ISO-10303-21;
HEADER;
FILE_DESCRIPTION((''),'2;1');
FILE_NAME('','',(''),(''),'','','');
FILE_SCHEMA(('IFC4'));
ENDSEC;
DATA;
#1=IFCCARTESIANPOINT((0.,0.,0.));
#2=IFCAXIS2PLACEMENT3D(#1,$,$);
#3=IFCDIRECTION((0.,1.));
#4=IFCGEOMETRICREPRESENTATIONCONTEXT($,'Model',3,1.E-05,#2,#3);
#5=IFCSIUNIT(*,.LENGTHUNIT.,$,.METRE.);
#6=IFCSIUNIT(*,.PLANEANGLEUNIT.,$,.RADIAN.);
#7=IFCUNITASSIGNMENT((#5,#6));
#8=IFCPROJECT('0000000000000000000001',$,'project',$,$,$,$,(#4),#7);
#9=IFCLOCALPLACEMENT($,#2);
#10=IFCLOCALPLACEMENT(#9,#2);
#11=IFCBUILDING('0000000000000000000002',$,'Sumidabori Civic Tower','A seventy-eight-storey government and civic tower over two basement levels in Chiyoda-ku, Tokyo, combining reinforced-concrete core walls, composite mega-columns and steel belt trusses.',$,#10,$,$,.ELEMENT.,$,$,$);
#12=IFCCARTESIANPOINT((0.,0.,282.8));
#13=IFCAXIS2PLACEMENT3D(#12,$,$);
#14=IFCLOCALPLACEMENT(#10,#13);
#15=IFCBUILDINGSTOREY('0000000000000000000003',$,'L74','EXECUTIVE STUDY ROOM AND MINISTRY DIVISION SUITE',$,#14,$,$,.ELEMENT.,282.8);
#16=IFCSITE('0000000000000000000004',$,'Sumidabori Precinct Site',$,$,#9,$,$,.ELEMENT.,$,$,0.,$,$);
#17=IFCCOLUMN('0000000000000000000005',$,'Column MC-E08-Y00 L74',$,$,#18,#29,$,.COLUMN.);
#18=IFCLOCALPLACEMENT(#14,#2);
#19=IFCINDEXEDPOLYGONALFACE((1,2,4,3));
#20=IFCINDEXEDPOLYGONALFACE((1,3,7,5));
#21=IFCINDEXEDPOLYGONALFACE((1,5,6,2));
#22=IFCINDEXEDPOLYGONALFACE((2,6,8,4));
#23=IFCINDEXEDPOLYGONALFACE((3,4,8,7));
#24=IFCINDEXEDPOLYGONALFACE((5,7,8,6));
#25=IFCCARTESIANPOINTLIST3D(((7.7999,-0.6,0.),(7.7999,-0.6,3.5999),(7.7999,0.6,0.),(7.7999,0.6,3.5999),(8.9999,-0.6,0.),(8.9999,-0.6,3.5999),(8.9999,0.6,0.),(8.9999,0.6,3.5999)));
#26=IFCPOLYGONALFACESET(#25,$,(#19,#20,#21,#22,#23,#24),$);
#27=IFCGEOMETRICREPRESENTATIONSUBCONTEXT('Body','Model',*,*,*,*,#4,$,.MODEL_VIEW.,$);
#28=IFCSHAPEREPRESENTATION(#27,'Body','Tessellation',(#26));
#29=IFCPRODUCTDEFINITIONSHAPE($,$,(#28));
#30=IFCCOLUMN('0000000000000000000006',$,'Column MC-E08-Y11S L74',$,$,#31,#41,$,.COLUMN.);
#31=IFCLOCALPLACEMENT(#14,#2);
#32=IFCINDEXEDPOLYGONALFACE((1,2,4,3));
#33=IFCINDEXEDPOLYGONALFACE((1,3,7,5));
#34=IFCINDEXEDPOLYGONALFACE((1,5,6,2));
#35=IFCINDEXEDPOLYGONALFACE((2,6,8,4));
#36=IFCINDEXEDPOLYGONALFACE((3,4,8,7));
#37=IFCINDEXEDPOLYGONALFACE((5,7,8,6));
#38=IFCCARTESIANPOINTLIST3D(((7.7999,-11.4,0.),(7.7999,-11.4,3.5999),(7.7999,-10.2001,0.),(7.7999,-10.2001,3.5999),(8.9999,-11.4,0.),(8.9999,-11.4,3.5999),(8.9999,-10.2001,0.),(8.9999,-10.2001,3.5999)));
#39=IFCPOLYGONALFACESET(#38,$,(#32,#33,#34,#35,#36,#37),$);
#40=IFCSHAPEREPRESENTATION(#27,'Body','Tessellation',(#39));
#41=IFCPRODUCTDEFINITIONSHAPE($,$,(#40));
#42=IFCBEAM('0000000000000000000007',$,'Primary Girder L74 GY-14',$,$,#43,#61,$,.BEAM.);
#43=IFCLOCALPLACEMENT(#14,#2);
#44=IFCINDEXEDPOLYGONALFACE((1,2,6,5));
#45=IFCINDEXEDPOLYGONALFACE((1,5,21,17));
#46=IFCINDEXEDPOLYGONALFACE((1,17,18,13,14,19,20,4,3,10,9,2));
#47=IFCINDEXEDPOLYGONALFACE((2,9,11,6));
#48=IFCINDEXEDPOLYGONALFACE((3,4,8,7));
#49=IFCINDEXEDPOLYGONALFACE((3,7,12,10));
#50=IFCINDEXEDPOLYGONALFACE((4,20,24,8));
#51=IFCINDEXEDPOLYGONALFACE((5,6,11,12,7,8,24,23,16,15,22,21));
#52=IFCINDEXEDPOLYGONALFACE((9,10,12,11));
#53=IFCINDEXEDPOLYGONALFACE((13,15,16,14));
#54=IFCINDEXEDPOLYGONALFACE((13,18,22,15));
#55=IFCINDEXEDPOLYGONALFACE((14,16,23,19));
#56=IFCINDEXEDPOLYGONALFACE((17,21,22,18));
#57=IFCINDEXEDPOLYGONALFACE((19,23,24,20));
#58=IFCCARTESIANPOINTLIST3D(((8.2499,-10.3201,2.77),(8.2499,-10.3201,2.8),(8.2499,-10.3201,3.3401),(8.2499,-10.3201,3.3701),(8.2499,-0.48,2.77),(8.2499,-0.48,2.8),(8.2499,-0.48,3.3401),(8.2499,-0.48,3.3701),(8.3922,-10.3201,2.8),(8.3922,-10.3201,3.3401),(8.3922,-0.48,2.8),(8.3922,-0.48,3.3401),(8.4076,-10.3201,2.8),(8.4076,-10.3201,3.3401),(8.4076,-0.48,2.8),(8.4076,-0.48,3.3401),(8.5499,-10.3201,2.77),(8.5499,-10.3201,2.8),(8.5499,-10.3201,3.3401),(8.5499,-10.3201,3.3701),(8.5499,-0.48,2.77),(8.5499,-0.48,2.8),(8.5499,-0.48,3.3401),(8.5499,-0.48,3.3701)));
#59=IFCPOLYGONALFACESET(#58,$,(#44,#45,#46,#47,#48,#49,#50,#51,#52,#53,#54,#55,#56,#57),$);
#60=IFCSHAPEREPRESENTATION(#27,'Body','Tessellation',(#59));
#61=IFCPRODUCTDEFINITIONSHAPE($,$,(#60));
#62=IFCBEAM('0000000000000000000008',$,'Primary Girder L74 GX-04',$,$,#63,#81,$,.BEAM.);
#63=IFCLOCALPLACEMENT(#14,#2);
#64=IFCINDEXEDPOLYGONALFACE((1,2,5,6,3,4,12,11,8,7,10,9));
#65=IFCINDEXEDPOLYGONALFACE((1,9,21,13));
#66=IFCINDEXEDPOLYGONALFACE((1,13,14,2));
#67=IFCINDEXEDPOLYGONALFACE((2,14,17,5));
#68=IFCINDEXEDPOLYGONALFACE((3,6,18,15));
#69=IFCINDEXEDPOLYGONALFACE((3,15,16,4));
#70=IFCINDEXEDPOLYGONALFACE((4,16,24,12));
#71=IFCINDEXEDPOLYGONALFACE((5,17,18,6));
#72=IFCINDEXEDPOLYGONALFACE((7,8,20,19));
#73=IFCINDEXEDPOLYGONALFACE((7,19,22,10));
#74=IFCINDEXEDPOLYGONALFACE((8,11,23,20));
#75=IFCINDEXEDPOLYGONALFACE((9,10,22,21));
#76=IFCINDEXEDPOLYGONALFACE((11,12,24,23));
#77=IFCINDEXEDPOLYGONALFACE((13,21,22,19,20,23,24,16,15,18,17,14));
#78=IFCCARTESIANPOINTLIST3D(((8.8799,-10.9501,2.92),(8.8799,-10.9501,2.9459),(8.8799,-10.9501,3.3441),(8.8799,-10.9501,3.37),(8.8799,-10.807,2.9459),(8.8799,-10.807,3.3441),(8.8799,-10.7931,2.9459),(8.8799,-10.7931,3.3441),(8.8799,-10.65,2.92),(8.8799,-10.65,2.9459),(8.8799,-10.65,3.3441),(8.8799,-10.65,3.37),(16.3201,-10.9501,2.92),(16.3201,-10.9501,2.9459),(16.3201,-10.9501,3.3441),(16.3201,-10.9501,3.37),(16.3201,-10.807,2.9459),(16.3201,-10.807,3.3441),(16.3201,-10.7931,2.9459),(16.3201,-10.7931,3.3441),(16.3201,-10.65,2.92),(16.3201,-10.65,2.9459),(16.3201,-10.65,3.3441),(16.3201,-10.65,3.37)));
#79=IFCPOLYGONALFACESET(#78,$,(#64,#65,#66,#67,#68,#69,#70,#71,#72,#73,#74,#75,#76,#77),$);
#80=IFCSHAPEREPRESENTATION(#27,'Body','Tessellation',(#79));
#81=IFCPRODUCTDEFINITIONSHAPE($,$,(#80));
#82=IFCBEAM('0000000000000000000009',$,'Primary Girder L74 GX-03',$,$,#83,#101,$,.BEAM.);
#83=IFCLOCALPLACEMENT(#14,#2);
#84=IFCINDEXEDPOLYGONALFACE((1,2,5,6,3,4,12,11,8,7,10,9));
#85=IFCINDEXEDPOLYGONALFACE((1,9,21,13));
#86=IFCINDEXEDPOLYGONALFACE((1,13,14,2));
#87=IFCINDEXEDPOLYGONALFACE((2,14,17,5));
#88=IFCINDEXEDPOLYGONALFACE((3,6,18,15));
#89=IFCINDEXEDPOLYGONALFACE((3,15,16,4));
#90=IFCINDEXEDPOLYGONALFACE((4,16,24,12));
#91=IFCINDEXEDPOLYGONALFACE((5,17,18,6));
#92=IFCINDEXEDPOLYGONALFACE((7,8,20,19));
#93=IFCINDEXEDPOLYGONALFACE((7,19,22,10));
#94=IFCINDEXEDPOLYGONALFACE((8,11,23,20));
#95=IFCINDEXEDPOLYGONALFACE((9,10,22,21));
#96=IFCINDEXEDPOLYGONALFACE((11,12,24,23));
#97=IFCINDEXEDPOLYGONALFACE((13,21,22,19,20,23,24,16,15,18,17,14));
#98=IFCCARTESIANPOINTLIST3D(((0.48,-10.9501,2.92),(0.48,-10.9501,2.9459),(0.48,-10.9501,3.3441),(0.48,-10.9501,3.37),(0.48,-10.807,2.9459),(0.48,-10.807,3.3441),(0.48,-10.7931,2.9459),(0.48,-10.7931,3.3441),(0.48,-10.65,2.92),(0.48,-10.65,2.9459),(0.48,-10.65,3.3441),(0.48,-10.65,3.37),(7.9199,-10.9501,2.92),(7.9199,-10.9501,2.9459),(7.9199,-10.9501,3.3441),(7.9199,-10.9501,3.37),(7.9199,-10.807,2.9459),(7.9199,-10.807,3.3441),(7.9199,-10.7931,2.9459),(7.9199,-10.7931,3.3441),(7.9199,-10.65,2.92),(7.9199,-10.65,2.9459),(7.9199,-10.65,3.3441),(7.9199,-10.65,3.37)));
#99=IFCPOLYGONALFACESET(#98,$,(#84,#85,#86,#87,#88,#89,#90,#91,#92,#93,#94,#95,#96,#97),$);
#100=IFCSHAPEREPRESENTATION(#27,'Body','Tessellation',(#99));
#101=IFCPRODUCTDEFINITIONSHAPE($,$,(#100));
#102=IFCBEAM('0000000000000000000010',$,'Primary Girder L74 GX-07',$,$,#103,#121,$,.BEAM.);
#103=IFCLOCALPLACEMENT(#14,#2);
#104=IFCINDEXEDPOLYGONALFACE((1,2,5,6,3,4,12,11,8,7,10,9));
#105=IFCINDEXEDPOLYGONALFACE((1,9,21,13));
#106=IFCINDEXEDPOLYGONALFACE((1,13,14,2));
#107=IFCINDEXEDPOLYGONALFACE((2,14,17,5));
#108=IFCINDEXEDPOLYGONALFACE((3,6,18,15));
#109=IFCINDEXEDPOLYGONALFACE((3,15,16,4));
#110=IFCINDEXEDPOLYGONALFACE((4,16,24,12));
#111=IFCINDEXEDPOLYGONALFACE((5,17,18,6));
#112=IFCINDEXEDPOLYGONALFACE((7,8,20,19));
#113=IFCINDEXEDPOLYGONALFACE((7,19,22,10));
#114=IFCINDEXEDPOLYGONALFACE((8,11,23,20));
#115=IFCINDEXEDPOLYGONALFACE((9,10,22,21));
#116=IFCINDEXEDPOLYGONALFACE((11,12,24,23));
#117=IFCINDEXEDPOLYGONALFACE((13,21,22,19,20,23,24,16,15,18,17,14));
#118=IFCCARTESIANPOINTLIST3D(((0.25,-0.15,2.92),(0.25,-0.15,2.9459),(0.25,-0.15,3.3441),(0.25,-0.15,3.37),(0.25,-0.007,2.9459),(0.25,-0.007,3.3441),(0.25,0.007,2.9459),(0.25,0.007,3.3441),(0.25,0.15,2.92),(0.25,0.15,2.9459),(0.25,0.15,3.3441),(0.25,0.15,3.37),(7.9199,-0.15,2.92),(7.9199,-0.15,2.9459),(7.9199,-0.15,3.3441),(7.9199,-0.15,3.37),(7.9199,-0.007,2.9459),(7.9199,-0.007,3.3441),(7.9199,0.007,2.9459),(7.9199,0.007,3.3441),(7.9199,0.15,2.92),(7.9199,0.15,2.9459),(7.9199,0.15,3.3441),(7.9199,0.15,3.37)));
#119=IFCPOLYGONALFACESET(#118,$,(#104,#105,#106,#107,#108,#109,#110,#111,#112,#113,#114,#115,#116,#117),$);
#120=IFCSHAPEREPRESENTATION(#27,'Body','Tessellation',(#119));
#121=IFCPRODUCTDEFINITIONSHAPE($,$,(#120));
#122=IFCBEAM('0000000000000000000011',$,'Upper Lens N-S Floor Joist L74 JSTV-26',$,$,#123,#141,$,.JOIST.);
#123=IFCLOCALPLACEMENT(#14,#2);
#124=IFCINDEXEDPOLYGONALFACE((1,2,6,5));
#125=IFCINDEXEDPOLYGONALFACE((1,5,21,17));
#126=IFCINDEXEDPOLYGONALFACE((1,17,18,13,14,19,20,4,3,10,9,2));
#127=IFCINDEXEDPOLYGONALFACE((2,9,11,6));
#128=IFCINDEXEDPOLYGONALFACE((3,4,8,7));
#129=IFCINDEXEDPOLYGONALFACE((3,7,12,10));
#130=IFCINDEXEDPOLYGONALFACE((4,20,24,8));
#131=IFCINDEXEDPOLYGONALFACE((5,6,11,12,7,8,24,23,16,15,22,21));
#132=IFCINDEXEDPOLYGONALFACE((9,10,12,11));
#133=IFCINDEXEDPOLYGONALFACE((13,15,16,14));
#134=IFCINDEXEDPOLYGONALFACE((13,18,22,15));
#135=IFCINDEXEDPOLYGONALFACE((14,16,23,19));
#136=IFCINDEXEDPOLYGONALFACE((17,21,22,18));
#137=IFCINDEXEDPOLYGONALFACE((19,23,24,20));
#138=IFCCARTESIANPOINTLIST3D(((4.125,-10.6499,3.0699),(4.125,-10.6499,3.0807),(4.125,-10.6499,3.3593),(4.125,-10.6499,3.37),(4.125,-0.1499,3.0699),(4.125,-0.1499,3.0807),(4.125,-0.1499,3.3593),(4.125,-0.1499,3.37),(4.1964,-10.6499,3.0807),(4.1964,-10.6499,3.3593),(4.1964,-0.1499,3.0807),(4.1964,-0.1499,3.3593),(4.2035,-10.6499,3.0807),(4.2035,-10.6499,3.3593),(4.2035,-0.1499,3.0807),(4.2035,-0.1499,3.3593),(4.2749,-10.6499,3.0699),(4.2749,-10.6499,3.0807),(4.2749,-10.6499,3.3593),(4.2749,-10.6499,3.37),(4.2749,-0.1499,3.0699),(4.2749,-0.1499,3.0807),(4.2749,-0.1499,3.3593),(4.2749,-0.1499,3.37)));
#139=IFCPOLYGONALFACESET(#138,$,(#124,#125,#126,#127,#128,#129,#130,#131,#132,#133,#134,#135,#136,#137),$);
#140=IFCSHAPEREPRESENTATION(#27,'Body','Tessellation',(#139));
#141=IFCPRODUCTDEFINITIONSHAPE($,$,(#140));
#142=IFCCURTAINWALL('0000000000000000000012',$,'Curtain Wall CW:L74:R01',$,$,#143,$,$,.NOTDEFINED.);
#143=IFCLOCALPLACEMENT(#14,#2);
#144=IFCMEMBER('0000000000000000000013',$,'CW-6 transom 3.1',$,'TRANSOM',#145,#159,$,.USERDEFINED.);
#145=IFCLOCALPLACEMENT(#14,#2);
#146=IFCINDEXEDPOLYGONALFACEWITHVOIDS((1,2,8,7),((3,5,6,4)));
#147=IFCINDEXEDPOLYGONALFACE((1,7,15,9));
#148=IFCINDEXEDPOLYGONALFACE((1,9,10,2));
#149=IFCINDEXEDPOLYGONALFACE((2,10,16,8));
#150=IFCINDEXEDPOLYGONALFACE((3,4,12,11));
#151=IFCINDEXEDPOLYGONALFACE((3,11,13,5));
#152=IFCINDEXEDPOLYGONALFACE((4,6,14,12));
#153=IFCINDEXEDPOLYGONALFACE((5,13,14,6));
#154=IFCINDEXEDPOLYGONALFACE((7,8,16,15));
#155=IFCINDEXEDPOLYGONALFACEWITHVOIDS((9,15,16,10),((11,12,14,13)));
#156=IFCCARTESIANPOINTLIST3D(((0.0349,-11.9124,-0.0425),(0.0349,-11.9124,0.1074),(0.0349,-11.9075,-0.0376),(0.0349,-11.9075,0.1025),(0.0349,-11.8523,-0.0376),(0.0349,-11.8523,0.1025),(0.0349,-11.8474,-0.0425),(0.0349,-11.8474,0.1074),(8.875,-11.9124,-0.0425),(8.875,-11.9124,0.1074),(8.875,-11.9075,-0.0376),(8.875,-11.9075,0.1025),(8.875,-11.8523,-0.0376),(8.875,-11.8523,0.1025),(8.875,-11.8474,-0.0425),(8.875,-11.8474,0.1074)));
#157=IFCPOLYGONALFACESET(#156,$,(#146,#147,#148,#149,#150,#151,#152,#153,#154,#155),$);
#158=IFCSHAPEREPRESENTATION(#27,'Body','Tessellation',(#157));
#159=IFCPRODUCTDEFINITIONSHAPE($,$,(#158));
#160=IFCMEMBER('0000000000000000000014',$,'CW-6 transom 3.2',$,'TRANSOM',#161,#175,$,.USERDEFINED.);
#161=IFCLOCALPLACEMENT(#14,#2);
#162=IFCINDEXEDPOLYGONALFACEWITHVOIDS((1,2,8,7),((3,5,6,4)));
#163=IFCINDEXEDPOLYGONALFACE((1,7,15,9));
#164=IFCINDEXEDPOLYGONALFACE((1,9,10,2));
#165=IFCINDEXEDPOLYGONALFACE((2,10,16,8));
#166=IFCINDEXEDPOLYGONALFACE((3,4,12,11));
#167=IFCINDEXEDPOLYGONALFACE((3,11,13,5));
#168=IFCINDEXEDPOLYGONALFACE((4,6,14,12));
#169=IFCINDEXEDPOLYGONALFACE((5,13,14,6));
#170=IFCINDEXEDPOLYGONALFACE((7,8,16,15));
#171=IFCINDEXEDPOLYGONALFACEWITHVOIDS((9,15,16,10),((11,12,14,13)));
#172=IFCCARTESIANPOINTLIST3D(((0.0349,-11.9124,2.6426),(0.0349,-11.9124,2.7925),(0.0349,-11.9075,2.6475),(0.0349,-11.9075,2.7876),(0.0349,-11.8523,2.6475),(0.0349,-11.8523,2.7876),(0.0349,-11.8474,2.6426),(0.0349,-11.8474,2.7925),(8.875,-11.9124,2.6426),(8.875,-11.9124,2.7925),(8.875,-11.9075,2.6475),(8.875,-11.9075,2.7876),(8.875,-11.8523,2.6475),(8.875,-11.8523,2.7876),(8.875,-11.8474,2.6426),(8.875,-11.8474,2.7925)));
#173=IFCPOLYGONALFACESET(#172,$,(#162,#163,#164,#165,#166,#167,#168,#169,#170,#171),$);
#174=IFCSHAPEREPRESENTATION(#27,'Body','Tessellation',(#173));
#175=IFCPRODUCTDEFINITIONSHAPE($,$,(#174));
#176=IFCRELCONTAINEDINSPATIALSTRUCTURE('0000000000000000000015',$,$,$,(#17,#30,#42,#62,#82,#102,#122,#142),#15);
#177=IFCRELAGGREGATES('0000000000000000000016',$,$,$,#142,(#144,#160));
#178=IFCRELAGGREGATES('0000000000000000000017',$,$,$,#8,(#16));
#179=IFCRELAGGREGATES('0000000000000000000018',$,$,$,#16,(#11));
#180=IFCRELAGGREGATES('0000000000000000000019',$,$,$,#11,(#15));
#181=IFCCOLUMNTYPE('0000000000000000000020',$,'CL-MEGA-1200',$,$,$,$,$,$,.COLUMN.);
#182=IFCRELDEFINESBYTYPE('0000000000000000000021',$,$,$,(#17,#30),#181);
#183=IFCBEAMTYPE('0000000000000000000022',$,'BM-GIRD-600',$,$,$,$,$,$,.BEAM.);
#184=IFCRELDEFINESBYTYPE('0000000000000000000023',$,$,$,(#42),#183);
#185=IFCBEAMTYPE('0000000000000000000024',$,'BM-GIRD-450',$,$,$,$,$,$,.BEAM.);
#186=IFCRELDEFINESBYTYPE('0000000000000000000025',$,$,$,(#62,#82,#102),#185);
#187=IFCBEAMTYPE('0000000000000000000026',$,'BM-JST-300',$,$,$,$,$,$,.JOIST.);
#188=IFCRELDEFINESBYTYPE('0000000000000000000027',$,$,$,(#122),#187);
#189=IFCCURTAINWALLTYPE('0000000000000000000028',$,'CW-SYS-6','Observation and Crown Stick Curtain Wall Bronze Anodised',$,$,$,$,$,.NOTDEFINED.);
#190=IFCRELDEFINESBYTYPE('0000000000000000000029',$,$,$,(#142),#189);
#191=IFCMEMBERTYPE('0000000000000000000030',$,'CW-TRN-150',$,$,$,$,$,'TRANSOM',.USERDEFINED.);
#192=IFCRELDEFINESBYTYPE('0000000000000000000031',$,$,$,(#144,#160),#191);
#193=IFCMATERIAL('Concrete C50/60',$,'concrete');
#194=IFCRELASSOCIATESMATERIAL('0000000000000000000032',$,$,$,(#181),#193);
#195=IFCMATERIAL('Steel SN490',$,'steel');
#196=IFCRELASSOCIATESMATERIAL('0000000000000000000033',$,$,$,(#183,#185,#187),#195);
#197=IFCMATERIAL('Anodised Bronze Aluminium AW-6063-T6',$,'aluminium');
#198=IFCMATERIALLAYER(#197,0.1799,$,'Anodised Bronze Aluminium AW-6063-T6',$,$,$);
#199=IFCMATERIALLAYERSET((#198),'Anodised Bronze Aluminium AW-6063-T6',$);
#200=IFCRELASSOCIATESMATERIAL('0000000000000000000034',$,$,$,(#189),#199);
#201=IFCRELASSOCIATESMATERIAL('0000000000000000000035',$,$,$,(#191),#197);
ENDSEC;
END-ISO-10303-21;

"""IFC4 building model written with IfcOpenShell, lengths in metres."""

from ifc_helpers import new_model, si_unit, direction, frame, origin, origin_2d, place, context, subcontext, project, spatial, rectangle, hollow_rectangle, i_section, extrude, source, transform, mapped, material, layer, layer_set, material_profile, profile_set, type_object, element, aggregate, save


model = new_model("IFC4")

# Units and contexts
model_context = context("Model", 3, precision=1e-05, world=origin(), true_north=direction((0.0, 1.0)))
body_context = subcontext(model_context, "Body", "Model", "MODEL_VIEW")
ifc_project = project(units=[si_unit("LENGTHUNIT", "METRE"), si_unit("PLANEANGLEUNIT", "RADIAN")], contexts=[model_context])

# Site, building, storey
site_placement = place(None, origin())
site = spatial("IfcSite", under=ifc_project, at=site_placement, Name="Sumidabori Precinct Site", CompositionType="ELEMENT", RefElevation=0.0)
building_placement = place(site_placement, origin())
building = spatial("IfcBuilding", under=site, at=building_placement, Name="Sumidabori Civic Tower", Description="A seventy-eight-storey government and civic tower over two basement levels in Chiyoda-ku, Tokyo, combining reinforced-concrete core walls, composite mega-columns and steel belt trusses.", CompositionType="ELEMENT")
storey_placement = place(building_placement, frame((0.0, 0.0, 282.8)))
storey = spatial("IfcBuildingStorey", under=building, at=storey_placement, Name="L74", Description="EXECUTIVE STUDY ROOM AND MINISTRY DIVISION SUITE", CompositionType="ELEMENT", Elevation=282.8)

# Columns
ifc_material_1 = material(Name="Concrete C50/60", Category="concrete")
ifc_material_profile_1 = material_profile(ifc_material_1, rectangle(XDim=1.2, YDim=1.2, at=origin_2d()), Name="RC 1200x1200")
ifc_profile_set_1 = profile_set([ifc_material_profile_1], Name="Concrete C50/60")
column_type = type_object("IfcColumnType", Name="CL-MEGA-1200", PredefinedType="COLUMN", material=ifc_profile_set_1)
shared_shape_1 = source(origin(), body_context, "Body", "SweptSolid", [
    extrude(rectangle(XDim=1.2, YDim=1.2, at=origin_2d()), origin(), (0.0, 0.0, 1.0), 3.5999),
])
for number, where, z_axis, x_axis, name in (
    (1, (8.3999, 0.0, 0.0), (0.0, 0.0, 1.0), (1.0, 0.0, 0.0), "Column MC-E08-Y00 L74"),
    (2, (8.3999, -10.8, 0.0), (0.0, 0.0, 1.0), (1.0, 0.0, 0.0), "Column MC-E08-Y11S L74"),
):
    element("IfcColumn", number, at=place(storey_placement, frame(where, z_axis=z_axis, x_axis=x_axis)), inside=storey, type_object=column_type, Name=name, PredefinedType="COLUMN", context=body_context, shape_type="MappedRepresentation", body=[
        mapped(shared_shape_1, transform((0.0, 0.0, 0.0), x_axis=(1.0, 0.0, 0.0), y_axis=(0.0, 1.0, 0.0), z_axis=(0.0, 0.0, 1.0), scale=1.0)),
    ])

# Beams
ifc_material_2 = material(Name="Steel SN490", Category="steel")
ifc_material_profile_2 = material_profile(ifc_material_2, i_section(OverallWidth=0.3, OverallDepth=0.6001, WebThickness=0.0154, FlangeThickness=0.03, at=origin_2d()), Name="HE 600 B")
ifc_profile_set_2 = profile_set([ifc_material_profile_2], Name="Steel SN490")
beam_type_1 = type_object("IfcBeamType", Name="BM-GIRD-600", PredefinedType="BEAM", material=ifc_profile_set_2)
shared_shape_2 = source(origin(), body_context, "Body", "SweptSolid", [
    extrude(i_section(OverallWidth=0.3, OverallDepth=0.6001, WebThickness=0.0154, FlangeThickness=0.03, at=origin_2d()), origin(), (0.0, 0.0, 1.0), 9.8401),
])
beam_1_placement = place(storey_placement, frame((8.3999, -10.3201, 3.0701), z_axis=(0.0, 1.0, 0.0), x_axis=(-1.0, 0.0, 0.0)))
element("IfcBeam", 3, at=beam_1_placement, inside=storey, type_object=beam_type_1, Name="Primary Girder L74 GY-14", PredefinedType="BEAM", context=body_context, shape_type="MappedRepresentation", body=[
    mapped(shared_shape_2, transform((0.0, 0.0, 0.0), x_axis=(1.0, 0.0, 0.0), y_axis=(0.0, 1.0, 0.0), z_axis=(0.0, 0.0, 1.0), scale=1.0)),
])
ifc_material_profile_3 = material_profile(ifc_material_2, i_section(OverallWidth=0.3, OverallDepth=0.45, WebThickness=0.0139, FlangeThickness=0.0259, at=origin_2d()), Name="HE 450 B")
ifc_profile_set_3 = profile_set([ifc_material_profile_3], Name="Steel SN490")
beam_type_2 = type_object("IfcBeamType", Name="BM-GIRD-450", PredefinedType="BEAM", material=ifc_profile_set_3)
shared_shape_3 = source(origin(), body_context, "Body", "SweptSolid", [
    extrude(i_section(OverallWidth=0.3, OverallDepth=0.45, WebThickness=0.0139, FlangeThickness=0.0259, at=origin_2d()), origin(), (0.0, 0.0, 1.0), 7.4402),
])
beam_2_placement = place(storey_placement, frame((8.8799, -10.8, 3.145), z_axis=(1.0, 0.0, 0.0), x_axis=(0.0, 1.0, 0.0)))
element("IfcBeam", 4, at=beam_2_placement, inside=storey, type_object=beam_type_2, Name="Primary Girder L74 GX-04", PredefinedType="BEAM", context=body_context, shape_type="MappedRepresentation", body=[
    mapped(shared_shape_3, transform((0.0, 0.0, 0.0), x_axis=(1.0, 0.0, 0.0), y_axis=(0.0, 1.0, 0.0), z_axis=(0.0, 0.0, 1.0), scale=1.0)),
])
shared_shape_4 = source(origin(), body_context, "Body", "SweptSolid", [
    extrude(i_section(OverallWidth=0.3, OverallDepth=0.45, WebThickness=0.0139, FlangeThickness=0.0259, at=origin_2d()), origin(), (0.0, 0.0, 1.0), 7.4399),
])
beam_3_placement = place(storey_placement, frame((0.48, -10.8, 3.145), z_axis=(1.0, 0.0, 0.0), x_axis=(0.0, 1.0, 0.0)))
element("IfcBeam", 5, at=beam_3_placement, inside=storey, type_object=beam_type_2, Name="Primary Girder L74 GX-03", PredefinedType="BEAM", context=body_context, shape_type="MappedRepresentation", body=[
    mapped(shared_shape_4, transform((0.0, 0.0, 0.0), x_axis=(1.0, 0.0, 0.0), y_axis=(0.0, 1.0, 0.0), z_axis=(0.0, 0.0, 1.0), scale=1.0)),
])
shared_shape_5 = source(origin(), body_context, "Body", "SweptSolid", [
    extrude(i_section(OverallWidth=0.3, OverallDepth=0.45, WebThickness=0.0139, FlangeThickness=0.0259, at=origin_2d()), origin(), (0.0, 0.0, 1.0), 7.6699),
])
beam_4_placement = place(storey_placement, frame((0.25, 0.0, 3.145), z_axis=(1.0, 0.0, 0.0), x_axis=(0.0, 1.0, 0.0)))
element("IfcBeam", 6, at=beam_4_placement, inside=storey, type_object=beam_type_2, Name="Primary Girder L74 GX-07", PredefinedType="BEAM", context=body_context, shape_type="MappedRepresentation", body=[
    mapped(shared_shape_5, transform((0.0, 0.0, 0.0), x_axis=(1.0, 0.0, 0.0), y_axis=(0.0, 1.0, 0.0), z_axis=(0.0, 0.0, 1.0), scale=1.0)),
])
ifc_material_profile_4 = material_profile(ifc_material_2, i_section(OverallWidth=0.1499, OverallDepth=0.3, WebThickness=0.0071, FlangeThickness=0.0107, at=origin_2d()), Name="IPE 300")
ifc_profile_set_4 = profile_set([ifc_material_profile_4], Name="Steel SN490")
beam_type_3 = type_object("IfcBeamType", Name="BM-JST-300", PredefinedType="JOIST", material=ifc_profile_set_4)
shared_shape_6 = source(origin(), body_context, "Body", "SweptSolid", [
    extrude(i_section(OverallWidth=0.1499, OverallDepth=0.3, WebThickness=0.0071, FlangeThickness=0.0107, at=origin_2d()), origin(), (0.0, 0.0, 1.0), 10.5),
])
beam_5_placement = place(storey_placement, frame((4.2, -10.6499, 3.22), z_axis=(0.0, 1.0, 0.0), x_axis=(-1.0, 0.0, 0.0)))
element("IfcBeam", 7, at=beam_5_placement, inside=storey, type_object=beam_type_3, Name="Upper Lens N-S Floor Joist L74 JSTV-26", PredefinedType="JOIST", context=body_context, shape_type="MappedRepresentation", body=[
    mapped(shared_shape_6, transform((0.0, 0.0, 0.0), x_axis=(1.0, 0.0, 0.0), y_axis=(0.0, 1.0, 0.0), z_axis=(0.0, 0.0, 1.0), scale=1.0)),
])

# Curtain wall, members
ifc_material_3 = material(Name="Anodised Bronze Aluminium AW-6063-T6", Category="aluminium")
ifc_layer_1 = layer(ifc_material_3, 0.1799, Name="Anodised Bronze Aluminium AW-6063-T6")
ifc_layer_set_1 = layer_set([ifc_layer_1], Name="Anodised Bronze Aluminium AW-6063-T6")
curtain_wall_type = type_object("IfcCurtainWallType", Name="CW-SYS-6", Description="Observation and Crown Stick Curtain Wall Bronze Anodised", PredefinedType="NOTDEFINED", material=ifc_layer_set_1)
curtain_wall_placement = place(storey_placement, origin())
curtain_wall = element("IfcCurtainWall", 8, at=curtain_wall_placement, inside=storey, type_object=curtain_wall_type, Name="Curtain Wall CW:L74:R01", PredefinedType="NOTDEFINED")
ifc_material_profile_5 = material_profile(ifc_material_3, hollow_rectangle(XDim=0.0649, YDim=0.1499, WallThickness=0.0049, at=origin_2d()), Name="ALU TRANSOM 150x65")
ifc_profile_set_5 = profile_set([ifc_material_profile_5], Name="Anodised Bronze Aluminium AW-6063-T6")
member_type = type_object("IfcMemberType", Name="CW-TRN-150", ElementType="TRANSOM", PredefinedType="USERDEFINED", material=ifc_profile_set_5)
shared_shape_7 = source(origin(), body_context, "Body", "SweptSolid", [
    extrude(hollow_rectangle(XDim=0.0649, YDim=0.1499, WallThickness=0.0049, at=origin_2d()), origin(), (0.0, 0.0, 1.0), 8.8401),
])
member_1_placement = place(storey_placement, frame((0.0349, -11.8799, 0.0325), z_axis=(1.0, 0.0, 0.0), x_axis=(0.0, 1.0, 0.0)))
member_1 = element("IfcMember", 9, at=member_1_placement, type_object=member_type, Name="CW-6 transom 3.1", ObjectType="TRANSOM", PredefinedType="USERDEFINED", context=body_context, shape_type="MappedRepresentation", body=[
    mapped(shared_shape_7, transform((0.0, 0.0, 0.0), x_axis=(1.0, 0.0, 0.0), y_axis=(0.0, 1.0, 0.0), z_axis=(0.0, 0.0, 1.0), scale=1.0)),
])
member_2_placement = place(storey_placement, frame((0.0349, -11.8799, 2.7175), z_axis=(1.0, 0.0, 0.0), x_axis=(0.0, 1.0, 0.0)))
member_2 = element("IfcMember", 10, at=member_2_placement, type_object=member_type, Name="CW-6 transom 3.2", ObjectType="TRANSOM", PredefinedType="USERDEFINED", context=body_context, shape_type="MappedRepresentation", body=[
    mapped(shared_shape_7, transform((0.0, 0.0, 0.0), x_axis=(1.0, 0.0, 0.0), y_axis=(0.0, 1.0, 0.0), z_axis=(0.0, 0.0, 1.0), scale=1.0)),
])

aggregate(curtain_wall, [member_1, member_2])

save(model, "model.ifc")
